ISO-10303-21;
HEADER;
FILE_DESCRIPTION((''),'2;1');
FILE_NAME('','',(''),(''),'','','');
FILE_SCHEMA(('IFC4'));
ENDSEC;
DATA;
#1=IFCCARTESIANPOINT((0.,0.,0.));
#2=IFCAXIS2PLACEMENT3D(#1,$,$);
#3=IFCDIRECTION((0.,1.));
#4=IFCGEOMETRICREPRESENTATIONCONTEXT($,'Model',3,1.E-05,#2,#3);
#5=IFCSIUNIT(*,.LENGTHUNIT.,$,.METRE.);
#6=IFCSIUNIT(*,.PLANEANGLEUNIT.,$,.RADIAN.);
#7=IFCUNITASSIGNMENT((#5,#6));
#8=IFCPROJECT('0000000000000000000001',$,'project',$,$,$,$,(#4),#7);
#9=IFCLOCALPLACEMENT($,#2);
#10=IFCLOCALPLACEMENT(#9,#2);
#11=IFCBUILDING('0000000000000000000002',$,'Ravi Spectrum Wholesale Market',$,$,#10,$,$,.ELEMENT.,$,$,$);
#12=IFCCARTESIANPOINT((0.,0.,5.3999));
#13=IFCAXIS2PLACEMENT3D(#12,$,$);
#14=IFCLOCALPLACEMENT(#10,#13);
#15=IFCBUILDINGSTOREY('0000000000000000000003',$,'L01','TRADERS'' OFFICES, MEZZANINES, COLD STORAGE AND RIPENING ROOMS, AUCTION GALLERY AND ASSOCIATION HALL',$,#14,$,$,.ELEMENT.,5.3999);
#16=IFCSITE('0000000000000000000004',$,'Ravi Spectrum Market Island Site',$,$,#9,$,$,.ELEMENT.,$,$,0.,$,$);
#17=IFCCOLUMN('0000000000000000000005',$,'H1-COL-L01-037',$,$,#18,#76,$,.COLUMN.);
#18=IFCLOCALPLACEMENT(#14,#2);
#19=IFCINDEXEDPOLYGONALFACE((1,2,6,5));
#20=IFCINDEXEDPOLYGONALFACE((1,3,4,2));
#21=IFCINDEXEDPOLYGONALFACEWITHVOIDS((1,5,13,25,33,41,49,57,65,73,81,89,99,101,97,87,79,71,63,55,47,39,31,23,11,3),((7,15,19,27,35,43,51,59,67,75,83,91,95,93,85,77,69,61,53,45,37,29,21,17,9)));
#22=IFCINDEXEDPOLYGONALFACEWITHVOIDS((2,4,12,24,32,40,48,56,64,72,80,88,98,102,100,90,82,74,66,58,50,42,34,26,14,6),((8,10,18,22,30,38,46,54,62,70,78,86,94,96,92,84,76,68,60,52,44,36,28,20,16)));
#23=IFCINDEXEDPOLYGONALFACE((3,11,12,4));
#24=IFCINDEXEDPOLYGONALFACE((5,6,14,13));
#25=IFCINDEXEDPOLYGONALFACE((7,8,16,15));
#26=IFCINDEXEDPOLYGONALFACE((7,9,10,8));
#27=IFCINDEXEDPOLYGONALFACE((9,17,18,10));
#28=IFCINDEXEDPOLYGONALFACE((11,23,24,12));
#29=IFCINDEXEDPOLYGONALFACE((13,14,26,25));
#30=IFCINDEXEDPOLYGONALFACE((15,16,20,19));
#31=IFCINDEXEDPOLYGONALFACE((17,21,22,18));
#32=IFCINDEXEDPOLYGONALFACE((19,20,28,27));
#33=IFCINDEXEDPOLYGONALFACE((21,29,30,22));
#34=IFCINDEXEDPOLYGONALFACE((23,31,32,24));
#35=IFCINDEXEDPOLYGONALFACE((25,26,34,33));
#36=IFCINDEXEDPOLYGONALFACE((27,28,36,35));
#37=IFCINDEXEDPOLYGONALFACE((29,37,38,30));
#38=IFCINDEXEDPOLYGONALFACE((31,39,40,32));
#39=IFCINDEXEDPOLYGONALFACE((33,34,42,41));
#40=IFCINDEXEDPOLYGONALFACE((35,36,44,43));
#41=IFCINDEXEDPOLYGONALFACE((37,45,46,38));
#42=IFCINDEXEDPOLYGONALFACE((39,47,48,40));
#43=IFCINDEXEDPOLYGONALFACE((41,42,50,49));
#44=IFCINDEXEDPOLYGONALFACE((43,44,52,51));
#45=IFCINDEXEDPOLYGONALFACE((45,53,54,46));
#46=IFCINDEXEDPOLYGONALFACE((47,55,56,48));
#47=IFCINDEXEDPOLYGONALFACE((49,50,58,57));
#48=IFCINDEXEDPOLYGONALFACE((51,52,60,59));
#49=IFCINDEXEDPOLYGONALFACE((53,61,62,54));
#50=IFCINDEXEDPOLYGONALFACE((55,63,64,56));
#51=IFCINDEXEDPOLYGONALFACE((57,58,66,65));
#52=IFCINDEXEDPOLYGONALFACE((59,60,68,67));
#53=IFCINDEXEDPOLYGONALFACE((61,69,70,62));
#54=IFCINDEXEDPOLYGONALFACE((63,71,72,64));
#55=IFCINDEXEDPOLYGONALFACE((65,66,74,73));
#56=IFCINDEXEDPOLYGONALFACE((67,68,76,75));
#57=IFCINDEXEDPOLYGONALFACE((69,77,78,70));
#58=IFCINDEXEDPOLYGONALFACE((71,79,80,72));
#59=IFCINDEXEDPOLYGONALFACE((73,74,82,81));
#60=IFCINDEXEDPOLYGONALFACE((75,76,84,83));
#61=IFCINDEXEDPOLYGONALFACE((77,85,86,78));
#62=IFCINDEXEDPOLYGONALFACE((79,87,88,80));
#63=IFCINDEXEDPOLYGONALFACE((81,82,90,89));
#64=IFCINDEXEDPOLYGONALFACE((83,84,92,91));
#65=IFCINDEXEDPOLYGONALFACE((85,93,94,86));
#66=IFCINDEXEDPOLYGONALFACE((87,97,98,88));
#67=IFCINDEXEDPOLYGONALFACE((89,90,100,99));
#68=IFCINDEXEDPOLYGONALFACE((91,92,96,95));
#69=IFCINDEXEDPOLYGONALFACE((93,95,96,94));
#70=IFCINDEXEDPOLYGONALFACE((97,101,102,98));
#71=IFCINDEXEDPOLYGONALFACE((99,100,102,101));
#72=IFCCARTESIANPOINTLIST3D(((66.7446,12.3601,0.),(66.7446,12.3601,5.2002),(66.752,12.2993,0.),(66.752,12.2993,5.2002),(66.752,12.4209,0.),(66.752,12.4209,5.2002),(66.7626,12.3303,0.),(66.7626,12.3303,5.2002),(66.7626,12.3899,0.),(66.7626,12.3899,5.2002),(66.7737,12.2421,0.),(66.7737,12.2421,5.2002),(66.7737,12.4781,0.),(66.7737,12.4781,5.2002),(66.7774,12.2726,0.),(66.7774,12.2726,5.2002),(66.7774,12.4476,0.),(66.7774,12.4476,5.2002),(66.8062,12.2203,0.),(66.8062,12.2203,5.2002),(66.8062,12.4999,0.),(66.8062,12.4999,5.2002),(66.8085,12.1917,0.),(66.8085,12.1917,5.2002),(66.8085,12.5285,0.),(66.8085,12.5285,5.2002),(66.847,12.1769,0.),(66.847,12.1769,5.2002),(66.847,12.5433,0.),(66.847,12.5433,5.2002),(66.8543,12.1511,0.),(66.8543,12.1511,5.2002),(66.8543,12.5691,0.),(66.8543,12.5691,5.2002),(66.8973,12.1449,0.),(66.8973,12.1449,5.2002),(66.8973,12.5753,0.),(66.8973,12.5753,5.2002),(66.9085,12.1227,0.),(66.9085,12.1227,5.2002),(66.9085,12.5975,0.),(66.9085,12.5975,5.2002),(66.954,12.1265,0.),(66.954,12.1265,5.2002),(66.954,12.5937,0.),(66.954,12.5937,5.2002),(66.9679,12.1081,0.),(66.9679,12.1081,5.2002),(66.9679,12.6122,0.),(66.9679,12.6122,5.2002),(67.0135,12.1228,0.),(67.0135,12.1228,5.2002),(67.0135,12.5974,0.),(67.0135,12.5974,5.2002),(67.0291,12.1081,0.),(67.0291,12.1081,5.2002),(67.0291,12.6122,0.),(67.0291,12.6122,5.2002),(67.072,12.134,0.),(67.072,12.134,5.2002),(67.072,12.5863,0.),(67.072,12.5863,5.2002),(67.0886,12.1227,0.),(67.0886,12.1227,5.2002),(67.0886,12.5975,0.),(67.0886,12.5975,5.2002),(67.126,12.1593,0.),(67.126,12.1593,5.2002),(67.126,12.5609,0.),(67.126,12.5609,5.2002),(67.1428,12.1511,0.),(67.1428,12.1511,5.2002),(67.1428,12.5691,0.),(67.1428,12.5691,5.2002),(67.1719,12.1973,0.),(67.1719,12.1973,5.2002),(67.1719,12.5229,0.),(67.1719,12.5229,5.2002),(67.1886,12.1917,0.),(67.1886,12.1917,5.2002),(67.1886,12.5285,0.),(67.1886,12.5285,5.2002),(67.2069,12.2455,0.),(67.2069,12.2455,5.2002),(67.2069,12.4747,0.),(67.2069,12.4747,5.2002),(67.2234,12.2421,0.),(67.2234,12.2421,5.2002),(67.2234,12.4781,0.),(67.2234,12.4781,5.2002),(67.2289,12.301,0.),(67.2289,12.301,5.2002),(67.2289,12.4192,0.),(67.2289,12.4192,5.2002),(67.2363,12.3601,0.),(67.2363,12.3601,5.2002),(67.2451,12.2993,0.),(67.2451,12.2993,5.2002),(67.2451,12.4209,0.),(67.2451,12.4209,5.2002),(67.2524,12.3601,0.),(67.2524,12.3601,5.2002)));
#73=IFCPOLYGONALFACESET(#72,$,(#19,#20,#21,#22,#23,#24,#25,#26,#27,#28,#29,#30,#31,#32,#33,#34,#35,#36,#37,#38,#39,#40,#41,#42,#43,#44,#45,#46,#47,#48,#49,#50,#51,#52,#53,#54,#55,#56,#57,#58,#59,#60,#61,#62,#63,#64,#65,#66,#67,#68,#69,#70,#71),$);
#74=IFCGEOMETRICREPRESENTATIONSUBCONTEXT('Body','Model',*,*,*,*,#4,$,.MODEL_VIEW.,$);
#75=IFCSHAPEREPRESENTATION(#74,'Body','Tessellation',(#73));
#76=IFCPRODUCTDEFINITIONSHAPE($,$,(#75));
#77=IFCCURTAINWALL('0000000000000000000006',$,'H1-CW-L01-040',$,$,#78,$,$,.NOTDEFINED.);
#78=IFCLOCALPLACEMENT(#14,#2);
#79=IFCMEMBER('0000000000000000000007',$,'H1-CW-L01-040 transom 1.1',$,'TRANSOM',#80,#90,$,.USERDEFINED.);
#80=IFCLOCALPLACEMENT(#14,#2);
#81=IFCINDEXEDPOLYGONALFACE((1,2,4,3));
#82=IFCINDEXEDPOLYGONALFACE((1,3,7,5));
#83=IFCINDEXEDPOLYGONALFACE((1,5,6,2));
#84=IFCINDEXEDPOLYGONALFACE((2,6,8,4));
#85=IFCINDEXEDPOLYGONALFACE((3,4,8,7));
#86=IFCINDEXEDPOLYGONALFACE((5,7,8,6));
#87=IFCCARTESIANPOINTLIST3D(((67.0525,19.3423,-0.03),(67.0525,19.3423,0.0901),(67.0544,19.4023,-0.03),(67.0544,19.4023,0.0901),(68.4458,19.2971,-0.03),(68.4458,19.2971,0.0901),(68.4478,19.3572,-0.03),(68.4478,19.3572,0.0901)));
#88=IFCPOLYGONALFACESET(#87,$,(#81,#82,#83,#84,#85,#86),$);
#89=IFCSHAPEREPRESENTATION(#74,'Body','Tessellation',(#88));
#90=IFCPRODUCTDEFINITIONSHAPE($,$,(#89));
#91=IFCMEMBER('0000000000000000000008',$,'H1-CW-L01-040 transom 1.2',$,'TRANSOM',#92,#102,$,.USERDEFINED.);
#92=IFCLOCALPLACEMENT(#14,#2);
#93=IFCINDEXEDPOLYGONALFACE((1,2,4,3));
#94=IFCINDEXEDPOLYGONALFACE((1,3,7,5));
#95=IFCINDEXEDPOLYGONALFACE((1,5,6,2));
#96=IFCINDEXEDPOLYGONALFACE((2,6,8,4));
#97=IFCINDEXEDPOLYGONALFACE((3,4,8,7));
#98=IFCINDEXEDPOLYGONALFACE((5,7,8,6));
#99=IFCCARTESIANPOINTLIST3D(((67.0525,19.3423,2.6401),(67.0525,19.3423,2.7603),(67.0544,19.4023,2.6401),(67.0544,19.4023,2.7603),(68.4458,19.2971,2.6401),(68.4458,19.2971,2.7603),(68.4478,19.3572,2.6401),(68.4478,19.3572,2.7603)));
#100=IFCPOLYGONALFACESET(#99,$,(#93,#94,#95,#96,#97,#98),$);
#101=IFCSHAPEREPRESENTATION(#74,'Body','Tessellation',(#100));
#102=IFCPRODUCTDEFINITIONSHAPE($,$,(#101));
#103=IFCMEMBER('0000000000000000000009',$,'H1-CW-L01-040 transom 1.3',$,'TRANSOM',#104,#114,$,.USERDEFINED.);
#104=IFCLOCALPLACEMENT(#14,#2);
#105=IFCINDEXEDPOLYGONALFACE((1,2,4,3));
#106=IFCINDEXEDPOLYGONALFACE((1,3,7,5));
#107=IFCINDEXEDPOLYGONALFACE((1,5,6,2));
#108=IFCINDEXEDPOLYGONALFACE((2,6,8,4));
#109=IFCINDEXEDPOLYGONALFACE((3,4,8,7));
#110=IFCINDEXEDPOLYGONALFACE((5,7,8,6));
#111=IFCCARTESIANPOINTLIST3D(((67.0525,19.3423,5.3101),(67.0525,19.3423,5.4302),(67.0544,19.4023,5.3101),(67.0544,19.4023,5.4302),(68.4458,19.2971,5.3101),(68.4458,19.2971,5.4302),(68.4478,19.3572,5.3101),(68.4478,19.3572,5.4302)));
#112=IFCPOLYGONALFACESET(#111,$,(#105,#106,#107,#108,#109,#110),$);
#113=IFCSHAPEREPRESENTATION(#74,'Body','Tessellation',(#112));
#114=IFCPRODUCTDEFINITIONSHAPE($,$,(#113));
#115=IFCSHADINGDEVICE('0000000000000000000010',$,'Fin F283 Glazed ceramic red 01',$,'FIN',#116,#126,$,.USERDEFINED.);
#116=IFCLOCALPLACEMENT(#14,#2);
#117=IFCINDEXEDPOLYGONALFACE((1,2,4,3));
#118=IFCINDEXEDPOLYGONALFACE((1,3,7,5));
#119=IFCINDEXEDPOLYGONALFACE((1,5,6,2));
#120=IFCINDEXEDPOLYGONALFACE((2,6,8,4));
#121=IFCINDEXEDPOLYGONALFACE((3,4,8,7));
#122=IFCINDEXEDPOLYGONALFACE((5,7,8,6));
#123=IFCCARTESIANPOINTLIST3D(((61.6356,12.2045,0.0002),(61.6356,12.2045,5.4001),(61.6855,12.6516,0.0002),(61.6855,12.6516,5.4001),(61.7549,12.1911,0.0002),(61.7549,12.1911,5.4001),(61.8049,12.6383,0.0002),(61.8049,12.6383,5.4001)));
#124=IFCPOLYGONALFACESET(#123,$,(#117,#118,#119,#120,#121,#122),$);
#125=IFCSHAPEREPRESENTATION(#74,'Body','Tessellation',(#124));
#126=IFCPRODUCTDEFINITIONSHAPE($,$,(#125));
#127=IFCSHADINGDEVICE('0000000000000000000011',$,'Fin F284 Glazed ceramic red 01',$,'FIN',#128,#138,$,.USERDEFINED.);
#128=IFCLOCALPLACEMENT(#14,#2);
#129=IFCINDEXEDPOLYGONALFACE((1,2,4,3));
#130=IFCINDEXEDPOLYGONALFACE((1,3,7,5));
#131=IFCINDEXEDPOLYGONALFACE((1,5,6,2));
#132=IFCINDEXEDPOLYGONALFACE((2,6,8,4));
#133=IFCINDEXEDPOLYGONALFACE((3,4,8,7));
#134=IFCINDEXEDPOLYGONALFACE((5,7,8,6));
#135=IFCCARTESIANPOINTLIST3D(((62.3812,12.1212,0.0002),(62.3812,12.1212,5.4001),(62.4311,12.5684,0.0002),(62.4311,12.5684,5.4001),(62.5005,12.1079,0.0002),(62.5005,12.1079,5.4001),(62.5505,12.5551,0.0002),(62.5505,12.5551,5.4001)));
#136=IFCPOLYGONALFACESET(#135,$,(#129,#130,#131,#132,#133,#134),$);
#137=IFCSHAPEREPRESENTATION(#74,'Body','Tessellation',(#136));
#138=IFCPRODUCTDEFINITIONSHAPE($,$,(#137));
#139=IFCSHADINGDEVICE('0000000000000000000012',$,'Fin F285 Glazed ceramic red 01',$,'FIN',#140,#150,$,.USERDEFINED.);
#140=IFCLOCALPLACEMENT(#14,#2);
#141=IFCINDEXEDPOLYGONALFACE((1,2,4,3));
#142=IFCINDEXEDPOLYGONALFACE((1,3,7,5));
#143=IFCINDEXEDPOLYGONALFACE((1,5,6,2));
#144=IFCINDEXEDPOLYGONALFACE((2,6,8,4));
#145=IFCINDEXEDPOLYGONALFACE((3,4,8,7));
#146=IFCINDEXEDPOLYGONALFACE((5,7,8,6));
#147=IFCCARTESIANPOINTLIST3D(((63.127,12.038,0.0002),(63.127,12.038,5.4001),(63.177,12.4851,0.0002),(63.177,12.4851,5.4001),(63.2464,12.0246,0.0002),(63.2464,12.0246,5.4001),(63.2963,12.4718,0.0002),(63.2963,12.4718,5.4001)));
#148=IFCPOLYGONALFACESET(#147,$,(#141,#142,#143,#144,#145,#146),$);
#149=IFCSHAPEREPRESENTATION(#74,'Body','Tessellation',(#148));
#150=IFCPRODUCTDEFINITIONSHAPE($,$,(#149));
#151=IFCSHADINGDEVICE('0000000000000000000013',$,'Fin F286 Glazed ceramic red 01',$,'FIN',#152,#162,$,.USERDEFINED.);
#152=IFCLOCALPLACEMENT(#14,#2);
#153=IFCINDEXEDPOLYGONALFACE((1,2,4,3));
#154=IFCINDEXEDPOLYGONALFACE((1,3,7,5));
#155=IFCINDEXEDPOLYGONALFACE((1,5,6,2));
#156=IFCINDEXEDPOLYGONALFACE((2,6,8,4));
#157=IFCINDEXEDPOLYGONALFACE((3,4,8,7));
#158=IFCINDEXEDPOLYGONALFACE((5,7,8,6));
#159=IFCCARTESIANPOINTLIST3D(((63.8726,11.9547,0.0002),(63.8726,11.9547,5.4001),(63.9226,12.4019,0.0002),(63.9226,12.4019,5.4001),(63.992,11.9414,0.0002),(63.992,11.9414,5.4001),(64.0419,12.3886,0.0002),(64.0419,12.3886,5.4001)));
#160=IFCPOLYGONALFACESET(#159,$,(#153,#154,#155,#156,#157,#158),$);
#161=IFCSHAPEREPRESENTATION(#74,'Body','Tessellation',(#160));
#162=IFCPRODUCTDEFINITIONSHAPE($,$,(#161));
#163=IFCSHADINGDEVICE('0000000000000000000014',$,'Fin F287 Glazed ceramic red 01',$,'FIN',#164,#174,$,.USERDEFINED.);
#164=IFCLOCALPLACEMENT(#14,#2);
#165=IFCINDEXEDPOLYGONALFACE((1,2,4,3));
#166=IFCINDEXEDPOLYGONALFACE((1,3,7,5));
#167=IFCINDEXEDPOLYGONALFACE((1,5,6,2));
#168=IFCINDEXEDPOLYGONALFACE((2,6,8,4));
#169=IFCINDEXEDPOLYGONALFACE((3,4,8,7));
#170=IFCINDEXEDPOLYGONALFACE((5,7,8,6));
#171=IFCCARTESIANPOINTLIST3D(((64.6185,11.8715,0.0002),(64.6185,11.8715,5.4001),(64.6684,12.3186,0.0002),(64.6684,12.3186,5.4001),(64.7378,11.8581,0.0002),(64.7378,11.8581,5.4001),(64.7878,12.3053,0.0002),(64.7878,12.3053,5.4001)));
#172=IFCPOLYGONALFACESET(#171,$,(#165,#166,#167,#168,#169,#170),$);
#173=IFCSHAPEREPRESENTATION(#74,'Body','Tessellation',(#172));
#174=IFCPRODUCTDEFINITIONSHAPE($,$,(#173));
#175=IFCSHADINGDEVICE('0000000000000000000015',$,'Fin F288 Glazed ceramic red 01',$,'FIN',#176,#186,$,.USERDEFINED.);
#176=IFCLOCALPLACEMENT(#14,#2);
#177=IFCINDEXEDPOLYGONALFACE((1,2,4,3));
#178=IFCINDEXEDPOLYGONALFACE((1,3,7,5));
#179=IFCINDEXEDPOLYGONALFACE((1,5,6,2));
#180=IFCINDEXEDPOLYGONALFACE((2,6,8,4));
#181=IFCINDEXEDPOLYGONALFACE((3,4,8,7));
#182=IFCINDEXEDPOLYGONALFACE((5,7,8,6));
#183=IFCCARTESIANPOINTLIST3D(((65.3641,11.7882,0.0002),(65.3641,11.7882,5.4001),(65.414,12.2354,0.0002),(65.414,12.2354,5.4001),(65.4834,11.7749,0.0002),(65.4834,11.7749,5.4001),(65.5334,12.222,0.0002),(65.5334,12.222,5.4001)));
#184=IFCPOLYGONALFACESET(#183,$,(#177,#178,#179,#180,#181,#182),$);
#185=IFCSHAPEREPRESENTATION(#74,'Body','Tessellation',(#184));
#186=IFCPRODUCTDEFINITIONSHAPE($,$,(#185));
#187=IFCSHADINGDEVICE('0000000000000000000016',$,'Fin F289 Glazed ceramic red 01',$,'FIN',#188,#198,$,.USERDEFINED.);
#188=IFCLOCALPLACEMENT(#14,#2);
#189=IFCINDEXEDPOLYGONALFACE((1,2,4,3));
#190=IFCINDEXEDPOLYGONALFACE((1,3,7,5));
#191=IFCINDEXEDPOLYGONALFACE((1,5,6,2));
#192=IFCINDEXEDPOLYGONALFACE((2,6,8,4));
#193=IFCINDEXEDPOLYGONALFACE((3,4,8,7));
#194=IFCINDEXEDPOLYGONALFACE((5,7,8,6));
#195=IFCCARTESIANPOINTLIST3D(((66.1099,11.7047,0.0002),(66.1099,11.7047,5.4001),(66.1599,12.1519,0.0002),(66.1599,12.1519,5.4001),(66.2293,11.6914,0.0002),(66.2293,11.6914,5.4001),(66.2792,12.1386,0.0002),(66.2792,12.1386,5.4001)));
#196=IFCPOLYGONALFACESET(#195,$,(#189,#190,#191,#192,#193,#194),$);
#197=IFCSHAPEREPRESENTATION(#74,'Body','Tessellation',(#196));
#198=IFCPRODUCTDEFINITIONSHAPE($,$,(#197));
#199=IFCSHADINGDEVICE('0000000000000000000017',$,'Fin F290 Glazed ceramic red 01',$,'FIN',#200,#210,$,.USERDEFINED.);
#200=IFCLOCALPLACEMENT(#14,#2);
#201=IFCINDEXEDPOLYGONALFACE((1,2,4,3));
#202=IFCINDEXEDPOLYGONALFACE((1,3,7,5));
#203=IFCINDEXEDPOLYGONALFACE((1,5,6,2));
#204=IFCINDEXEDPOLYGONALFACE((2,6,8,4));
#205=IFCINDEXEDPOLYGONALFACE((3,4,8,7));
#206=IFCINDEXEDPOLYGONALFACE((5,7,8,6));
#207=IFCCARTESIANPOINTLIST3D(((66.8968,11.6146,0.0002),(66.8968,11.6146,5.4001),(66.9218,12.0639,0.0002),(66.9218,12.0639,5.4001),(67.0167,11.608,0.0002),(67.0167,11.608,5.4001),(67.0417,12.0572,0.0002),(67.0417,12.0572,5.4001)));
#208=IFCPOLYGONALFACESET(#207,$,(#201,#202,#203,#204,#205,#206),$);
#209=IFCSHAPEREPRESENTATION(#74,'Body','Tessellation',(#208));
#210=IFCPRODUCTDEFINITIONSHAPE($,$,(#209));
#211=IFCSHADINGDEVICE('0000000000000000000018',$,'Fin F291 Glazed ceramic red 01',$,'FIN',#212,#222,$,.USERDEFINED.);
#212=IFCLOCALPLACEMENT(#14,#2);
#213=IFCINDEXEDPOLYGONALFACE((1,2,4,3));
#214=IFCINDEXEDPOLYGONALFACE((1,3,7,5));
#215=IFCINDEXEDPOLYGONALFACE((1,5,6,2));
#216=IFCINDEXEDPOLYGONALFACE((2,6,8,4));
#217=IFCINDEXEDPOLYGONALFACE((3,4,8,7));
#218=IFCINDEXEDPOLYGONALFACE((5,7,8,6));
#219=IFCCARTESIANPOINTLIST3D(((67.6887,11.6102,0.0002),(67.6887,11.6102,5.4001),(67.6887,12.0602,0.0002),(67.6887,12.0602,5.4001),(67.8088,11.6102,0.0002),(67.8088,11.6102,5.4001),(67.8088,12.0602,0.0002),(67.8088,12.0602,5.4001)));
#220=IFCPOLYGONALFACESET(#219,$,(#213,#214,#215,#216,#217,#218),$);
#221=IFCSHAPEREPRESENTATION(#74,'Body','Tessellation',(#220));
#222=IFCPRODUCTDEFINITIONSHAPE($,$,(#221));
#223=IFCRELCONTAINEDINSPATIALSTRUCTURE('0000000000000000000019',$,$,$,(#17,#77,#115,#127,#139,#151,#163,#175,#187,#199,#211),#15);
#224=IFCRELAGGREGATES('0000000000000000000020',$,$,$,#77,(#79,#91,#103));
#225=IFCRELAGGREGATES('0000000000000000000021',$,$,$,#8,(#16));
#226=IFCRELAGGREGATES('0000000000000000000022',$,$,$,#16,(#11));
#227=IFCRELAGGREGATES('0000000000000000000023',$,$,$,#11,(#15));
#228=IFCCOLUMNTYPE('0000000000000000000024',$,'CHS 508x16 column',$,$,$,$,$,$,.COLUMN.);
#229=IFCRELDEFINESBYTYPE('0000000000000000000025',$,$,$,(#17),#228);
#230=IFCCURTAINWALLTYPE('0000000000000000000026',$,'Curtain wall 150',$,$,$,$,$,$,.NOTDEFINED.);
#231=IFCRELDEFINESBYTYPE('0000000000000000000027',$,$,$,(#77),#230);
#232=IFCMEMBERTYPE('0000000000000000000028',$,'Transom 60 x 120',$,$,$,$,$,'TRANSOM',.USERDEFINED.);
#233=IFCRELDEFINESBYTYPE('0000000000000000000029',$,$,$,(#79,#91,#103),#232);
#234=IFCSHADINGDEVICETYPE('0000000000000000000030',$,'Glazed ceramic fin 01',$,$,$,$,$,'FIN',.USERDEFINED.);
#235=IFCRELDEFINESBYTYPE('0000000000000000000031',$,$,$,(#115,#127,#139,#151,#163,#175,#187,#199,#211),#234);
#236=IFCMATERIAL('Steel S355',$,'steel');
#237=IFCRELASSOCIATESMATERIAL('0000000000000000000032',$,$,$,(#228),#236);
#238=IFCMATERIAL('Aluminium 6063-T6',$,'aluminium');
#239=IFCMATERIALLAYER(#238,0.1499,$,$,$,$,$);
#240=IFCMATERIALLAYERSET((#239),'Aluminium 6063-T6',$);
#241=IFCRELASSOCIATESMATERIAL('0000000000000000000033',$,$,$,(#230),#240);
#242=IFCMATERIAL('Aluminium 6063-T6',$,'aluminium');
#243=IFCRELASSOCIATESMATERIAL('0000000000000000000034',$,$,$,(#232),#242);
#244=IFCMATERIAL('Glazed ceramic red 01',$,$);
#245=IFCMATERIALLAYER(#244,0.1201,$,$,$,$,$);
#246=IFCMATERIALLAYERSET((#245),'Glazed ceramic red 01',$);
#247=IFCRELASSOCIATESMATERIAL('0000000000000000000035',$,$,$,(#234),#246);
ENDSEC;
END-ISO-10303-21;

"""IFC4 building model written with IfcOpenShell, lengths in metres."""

from ifc_helpers import new_model, si_unit, direction, frame, origin, origin_2d, place, context, subcontext, project, spatial, rectangle, hollow_circle, extrude, material, layer, layer_set, material_profile, profile_set, type_object, element, aggregate, save


model = new_model("IFC4")

# Units and contexts
model_context = context("Model", 3, precision=1e-05, world=origin(), true_north=direction((0.0, 1.0)))
body_context = subcontext(model_context, "Body", "Model", "MODEL_VIEW")
ifc_project = project(units=[si_unit("LENGTHUNIT", "METRE"), si_unit("PLANEANGLEUNIT", "RADIAN")], contexts=[model_context])

# Site, building, storey
site_placement = place(None, origin())
site = spatial("IfcSite", under=ifc_project, at=site_placement, Name="Ravi Spectrum Market Island Site", CompositionType="ELEMENT", RefElevation=0.0)
building_placement = place(site_placement, origin())
building = spatial("IfcBuilding", under=site, at=building_placement, Name="Ravi Spectrum Wholesale Market", CompositionType="ELEMENT")
storey_placement = place(building_placement, frame((0.0, 0.0, 5.3999)))
storey = spatial("IfcBuildingStorey", under=building, at=storey_placement, Name="L01", Description="TRADERS' OFFICES, MEZZANINES, COLD STORAGE AND RIPENING ROOMS, AUCTION GALLERY AND ASSOCIATION HALL", CompositionType="ELEMENT", Elevation=5.3999)

# Column
ifc_material_1 = material(Name="Steel S355", Category="steel")
ifc_material_profile_1 = material_profile(ifc_material_1, hollow_circle(Radius=0.2539, WallThickness=0.0161, at=origin_2d()))
ifc_profile_set_1 = profile_set([ifc_material_profile_1], Name="Steel S355")
column_type = type_object("IfcColumnType", Name="CHS 508x16 column", PredefinedType="COLUMN", material=ifc_profile_set_1)
column_placement = place(storey_placement, frame((66.9985, 12.3601, 0.0), z_axis=(0.0, 0.0, 1.0), x_axis=(1.0, 0.0, 0.0)))
element("IfcColumn", 1, at=column_placement, inside=storey, type_object=column_type, Name="H1-COL-L01-037", PredefinedType="COLUMN", context=body_context, shape_type="SweptSolid", body=[
    extrude(hollow_circle(Radius=0.2539, WallThickness=0.0161, at=origin_2d()), origin(), (0.0, 0.0, 1.0), 5.2002),
])

# Curtain wall, members
ifc_material_2 = material(Name="Aluminium 6063-T6", Category="aluminium")
ifc_layer_1 = layer(ifc_material_2, 0.1499)
ifc_layer_set_1 = layer_set([ifc_layer_1], Name="Aluminium 6063-T6")
curtain_wall_type = type_object("IfcCurtainWallType", Name="Curtain wall 150", PredefinedType="NOTDEFINED", material=ifc_layer_set_1)
curtain_wall_placement = place(storey_placement, origin())
curtain_wall = element("IfcCurtainWall", 2, at=curtain_wall_placement, inside=storey, type_object=curtain_wall_type, Name="H1-CW-L01-040", PredefinedType="NOTDEFINED")
ifc_material_3 = material(Name="Aluminium 6063-T6", Category="aluminium")
ifc_material_profile_2 = material_profile(ifc_material_3, rectangle(XDim=0.0601, YDim=0.1201, at=origin_2d()))
ifc_profile_set_2 = profile_set([ifc_material_profile_2], Name="Aluminium 6063-T6")
member_type = type_object("IfcMemberType", Name="Transom 60 x 120", ElementType="TRANSOM", PredefinedType="USERDEFINED", material=ifc_profile_set_2)
member_1_placement = place(storey_placement, frame((67.0535, 19.3723, 0.03), z_axis=(0.999475, -0.032399, 0.0), x_axis=(0.032399, 0.999475, 0.0)))
member_1 = element("IfcMember", 3, at=member_1_placement, type_object=member_type, Name="H1-CW-L01-040 transom 1.1", ObjectType="TRANSOM", PredefinedType="USERDEFINED", context=body_context, shape_type="SweptSolid", body=[
    extrude(rectangle(XDim=0.0601, YDim=0.1201, at=origin_2d()), origin(), (0.0, 0.0, 1.0), 1.394),
])
member_2_placement = place(storey_placement, frame((67.0535, 19.3723, 2.7002), z_axis=(0.999475, -0.032399, 0.0), x_axis=(0.032399, 0.999475, 0.0)))
member_2 = element("IfcMember", 4, at=member_2_placement, type_object=member_type, Name="H1-CW-L01-040 transom 1.2", ObjectType="TRANSOM", PredefinedType="USERDEFINED", context=body_context, shape_type="SweptSolid", body=[
    extrude(rectangle(XDim=0.0601, YDim=0.1201, at=origin_2d()), origin(), (0.0, 0.0, 1.0), 1.394),
])
member_3_placement = place(storey_placement, frame((67.0535, 19.3723, 5.3701), z_axis=(0.999475, -0.032399, 0.0), x_axis=(0.032399, 0.999475, 0.0)))
member_3 = element("IfcMember", 5, at=member_3_placement, type_object=member_type, Name="H1-CW-L01-040 transom 1.3", ObjectType="TRANSOM", PredefinedType="USERDEFINED", context=body_context, shape_type="SweptSolid", body=[
    extrude(rectangle(XDim=0.0601, YDim=0.1201, at=origin_2d()), origin(), (0.0, 0.0, 1.0), 1.394),
])
aggregate(curtain_wall, [member_1, member_2, member_3])

# Shading devices
ifc_material_4 = material(Name="Glazed ceramic red 01")
ifc_layer_2 = layer(ifc_material_4, 0.1201)
ifc_layer_set_2 = layer_set([ifc_layer_2], Name="Glazed ceramic red 01")
shading_device_type = type_object("IfcShadingDeviceType", Name="Glazed ceramic fin 01", ElementType="FIN", PredefinedType="USERDEFINED", material=ifc_layer_set_2)
for number, where, z_axis, x_axis, name in (
    (6, (61.7202, 12.4214, 0.0002), (0.0, 0.0, 1.0), (0.993821, -0.110994, 0.0), "Fin F283 Glazed ceramic red 01"),
    (7, (62.4658, 12.3381, 0.0002), (0.0, 0.0, 1.0), (0.993821, -0.110994, 0.0), "Fin F284 Glazed ceramic red 01"),
    (8, (63.2117, 12.2549, 0.0002), (0.0, 0.0, 1.0), (0.993821, -0.110994, 0.0), "Fin F285 Glazed ceramic red 01"),
    (9, (63.9573, 12.1716, 0.0002), (0.0, 0.0, 1.0), (0.993821, -0.110994, 0.0), "Fin F286 Glazed ceramic red 01"),
    (10, (64.7031, 12.0884, 0.0002), (0.0, 0.0, 1.0), (0.993821, -0.110994, 0.0), "Fin F287 Glazed ceramic red 01"),
    (11, (65.4487, 12.0051, 0.0002), (0.0, 0.0, 1.0), (0.993821, -0.110994, 0.0), "Fin F288 Glazed ceramic red 01"),
    (12, (66.1946, 11.9216, 0.0002), (0.0, 0.0, 1.0), (0.993821, -0.110994, 0.0), "Fin F289 Glazed ceramic red 01"),
    (13, (66.9692, 11.8359, 0.0002), (0.0, 0.0, 1.0), (0.998454, -0.055583, 0.0), "Fin F290 Glazed ceramic red 01"),
    (14, (67.7488, 11.8352, 0.0002), (0.0, 0.0, 1.0), (1.0, 0.0, 0.0), "Fin F291 Glazed ceramic red 01"),
):
    element("IfcShadingDevice", number, at=place(storey_placement, frame(where, z_axis=z_axis, x_axis=x_axis)), inside=storey, type_object=shading_device_type, Name=name, ObjectType="FIN", PredefinedType="USERDEFINED", context=body_context, shape_type="SweptSolid", body=[
        extrude(rectangle(XDim=0.1201, YDim=0.45, at=origin_2d()), origin(), (0.0, 0.0, 1.0), 5.3999),
    ])

save(model, "model.ifc")
